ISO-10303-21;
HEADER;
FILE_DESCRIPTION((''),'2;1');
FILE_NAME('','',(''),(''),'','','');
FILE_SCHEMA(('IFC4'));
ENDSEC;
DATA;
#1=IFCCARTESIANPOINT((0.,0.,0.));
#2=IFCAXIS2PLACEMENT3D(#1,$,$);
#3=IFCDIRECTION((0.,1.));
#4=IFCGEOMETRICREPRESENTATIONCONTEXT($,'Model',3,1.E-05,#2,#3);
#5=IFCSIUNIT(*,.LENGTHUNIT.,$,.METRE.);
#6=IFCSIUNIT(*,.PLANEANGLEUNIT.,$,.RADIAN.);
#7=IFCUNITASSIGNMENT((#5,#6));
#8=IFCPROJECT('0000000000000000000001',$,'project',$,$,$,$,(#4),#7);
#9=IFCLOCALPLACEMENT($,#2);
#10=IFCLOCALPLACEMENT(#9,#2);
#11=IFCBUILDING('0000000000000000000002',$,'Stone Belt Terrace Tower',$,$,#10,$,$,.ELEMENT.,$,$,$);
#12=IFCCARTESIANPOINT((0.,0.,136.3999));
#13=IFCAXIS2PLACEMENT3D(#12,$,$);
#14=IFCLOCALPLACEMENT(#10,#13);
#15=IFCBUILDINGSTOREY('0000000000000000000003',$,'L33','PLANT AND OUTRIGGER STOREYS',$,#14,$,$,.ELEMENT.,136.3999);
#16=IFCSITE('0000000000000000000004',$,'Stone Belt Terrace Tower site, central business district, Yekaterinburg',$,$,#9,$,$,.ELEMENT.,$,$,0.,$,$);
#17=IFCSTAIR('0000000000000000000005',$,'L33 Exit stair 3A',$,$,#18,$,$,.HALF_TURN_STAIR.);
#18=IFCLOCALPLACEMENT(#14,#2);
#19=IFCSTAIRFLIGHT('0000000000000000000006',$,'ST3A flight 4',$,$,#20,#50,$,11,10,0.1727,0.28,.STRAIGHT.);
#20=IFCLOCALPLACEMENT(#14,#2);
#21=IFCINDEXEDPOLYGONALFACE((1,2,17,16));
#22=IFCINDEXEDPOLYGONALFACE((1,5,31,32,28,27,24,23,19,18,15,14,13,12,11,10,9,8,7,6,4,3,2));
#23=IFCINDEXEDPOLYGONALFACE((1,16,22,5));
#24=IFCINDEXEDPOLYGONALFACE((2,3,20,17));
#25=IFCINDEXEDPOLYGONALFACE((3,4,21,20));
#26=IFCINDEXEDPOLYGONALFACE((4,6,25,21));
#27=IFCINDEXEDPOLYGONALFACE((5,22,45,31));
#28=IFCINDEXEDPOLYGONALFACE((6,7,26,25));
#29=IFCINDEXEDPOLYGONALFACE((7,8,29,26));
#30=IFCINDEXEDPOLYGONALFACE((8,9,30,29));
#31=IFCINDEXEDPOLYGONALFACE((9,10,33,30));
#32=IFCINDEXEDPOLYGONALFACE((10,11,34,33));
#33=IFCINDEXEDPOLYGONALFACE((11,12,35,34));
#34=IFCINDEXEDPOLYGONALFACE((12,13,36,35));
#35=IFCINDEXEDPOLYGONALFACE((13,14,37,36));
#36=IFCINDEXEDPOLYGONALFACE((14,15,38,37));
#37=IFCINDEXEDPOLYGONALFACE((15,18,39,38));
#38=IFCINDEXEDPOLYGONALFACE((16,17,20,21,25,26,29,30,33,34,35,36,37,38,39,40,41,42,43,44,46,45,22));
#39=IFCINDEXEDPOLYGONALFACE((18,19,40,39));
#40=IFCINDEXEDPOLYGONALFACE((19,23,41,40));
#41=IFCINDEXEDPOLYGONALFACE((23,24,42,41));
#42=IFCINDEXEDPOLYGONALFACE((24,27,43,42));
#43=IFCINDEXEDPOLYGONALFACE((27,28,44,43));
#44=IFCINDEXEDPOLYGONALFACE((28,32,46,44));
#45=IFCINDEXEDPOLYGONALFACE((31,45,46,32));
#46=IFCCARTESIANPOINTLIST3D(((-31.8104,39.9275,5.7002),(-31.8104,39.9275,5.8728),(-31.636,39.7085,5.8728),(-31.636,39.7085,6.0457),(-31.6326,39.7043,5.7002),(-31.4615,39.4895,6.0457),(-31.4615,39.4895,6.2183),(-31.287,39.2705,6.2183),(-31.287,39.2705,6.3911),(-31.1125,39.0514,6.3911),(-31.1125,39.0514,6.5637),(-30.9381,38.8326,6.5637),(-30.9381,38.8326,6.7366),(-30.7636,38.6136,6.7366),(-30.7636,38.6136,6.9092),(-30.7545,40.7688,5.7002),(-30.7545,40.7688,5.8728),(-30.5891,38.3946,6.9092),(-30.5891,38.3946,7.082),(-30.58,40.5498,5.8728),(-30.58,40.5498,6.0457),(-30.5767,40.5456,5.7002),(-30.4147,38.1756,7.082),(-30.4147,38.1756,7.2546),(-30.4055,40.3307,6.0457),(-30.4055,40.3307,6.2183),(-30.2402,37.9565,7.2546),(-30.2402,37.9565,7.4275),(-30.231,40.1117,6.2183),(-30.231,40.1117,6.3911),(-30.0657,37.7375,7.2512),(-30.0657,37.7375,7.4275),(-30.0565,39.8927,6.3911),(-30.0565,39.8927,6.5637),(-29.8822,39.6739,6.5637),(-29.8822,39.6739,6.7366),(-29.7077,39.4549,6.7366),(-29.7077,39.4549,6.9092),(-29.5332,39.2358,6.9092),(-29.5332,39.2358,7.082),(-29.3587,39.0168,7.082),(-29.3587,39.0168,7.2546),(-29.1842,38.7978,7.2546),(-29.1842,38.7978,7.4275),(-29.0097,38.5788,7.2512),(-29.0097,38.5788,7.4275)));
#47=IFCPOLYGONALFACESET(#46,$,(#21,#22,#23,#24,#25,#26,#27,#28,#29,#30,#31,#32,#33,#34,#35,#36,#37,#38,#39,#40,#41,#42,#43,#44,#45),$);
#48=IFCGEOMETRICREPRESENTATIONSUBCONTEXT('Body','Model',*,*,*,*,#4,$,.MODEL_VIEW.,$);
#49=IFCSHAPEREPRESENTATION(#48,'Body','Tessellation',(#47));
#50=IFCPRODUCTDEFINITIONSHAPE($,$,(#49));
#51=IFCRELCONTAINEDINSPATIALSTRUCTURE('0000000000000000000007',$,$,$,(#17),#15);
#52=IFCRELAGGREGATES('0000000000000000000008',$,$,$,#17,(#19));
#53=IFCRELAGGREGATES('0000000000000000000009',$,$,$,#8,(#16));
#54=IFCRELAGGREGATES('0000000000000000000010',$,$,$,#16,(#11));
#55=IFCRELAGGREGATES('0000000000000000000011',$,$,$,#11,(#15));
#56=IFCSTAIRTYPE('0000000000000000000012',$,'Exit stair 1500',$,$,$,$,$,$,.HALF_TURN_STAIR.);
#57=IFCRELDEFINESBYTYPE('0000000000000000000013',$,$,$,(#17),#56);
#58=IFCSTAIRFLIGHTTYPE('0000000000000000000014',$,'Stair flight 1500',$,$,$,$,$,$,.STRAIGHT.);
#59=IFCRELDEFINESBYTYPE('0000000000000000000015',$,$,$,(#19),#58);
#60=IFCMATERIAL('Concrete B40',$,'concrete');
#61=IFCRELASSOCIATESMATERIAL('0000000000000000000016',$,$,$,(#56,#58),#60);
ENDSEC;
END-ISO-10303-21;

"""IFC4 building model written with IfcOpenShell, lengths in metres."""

from ifc_helpers import new_model, si_unit, direction, frame, origin, place, context, subcontext, project, spatial, polyline, outline, extrude, material, type_object, element, aggregate, save


model = new_model("IFC4")

# Units and contexts
model_context = context("Model", 3, precision=1e-05, world=origin(), true_north=direction((0.0, 1.0)))
body_context = subcontext(model_context, "Body", "Model", "MODEL_VIEW")
ifc_project = project(units=[si_unit("LENGTHUNIT", "METRE"), si_unit("PLANEANGLEUNIT", "RADIAN")], contexts=[model_context])

# Site, building, storey
site_placement = place(None, origin())
site = spatial("IfcSite", under=ifc_project, at=site_placement, Name="Stone Belt Terrace Tower site, central business district, Yekaterinburg", CompositionType="ELEMENT", RefElevation=0.0)
building_placement = place(site_placement, origin())
building = spatial("IfcBuilding", under=site, at=building_placement, Name="Stone Belt Terrace Tower", CompositionType="ELEMENT")
storey_placement = place(building_placement, frame((0.0, 0.0, 136.3999)))
storey = spatial("IfcBuildingStorey", under=building, at=storey_placement, Name="L33", Description="PLANT AND OUTRIGGER STOREYS", CompositionType="ELEMENT", Elevation=136.3999)

# Stair, stair flight
ifc_material_1 = material(Name="Concrete B40", Category="concrete")
stair_type = type_object("IfcStairType", Name="Exit stair 1500", PredefinedType="HALF_TURN_STAIR", material=ifc_material_1)
stair_placement = place(storey_placement, origin())
stair = element("IfcStair", 1, at=stair_placement, inside=storey, type_object=stair_type, Name="L33 Exit stair 3A", PredefinedType="HALF_TURN_STAIR")
stair_flight_type = type_object("IfcStairFlightType", Name="Stair flight 1500", PredefinedType="STRAIGHT", material=ifc_material_1)
stair_flight_1_placement = place(storey_placement, frame((-31.2825, 40.3481, 5.7002), z_axis=(0.0, 0.0, 1.0), x_axis=(0.623121, -0.782125, 0.0)))
stair_flight_1 = element("IfcStairFlight", 2, at=stair_flight_1_placement, type_object=stair_flight_type, Name="ST3A flight 4", NumberOfRisers=11, NumberOfTreads=10, PredefinedType="STRAIGHT", RiserHeight=0.1727, TreadLength=0.28, context=body_context, shape_type="SweptSolid", body=[
    extrude(outline(polyline([(0.0, 0.0), (0.0, 0.1726), (0.28, 0.1726), (0.28, 0.3455), (0.5601, 0.3455), (0.5601, 0.5181), (0.8401, 0.5181), (0.8401, 0.6909), (1.1201, 0.6909), (1.1201, 0.8635), (1.3999, 0.8635), (1.3999, 1.0364), (1.6799, 1.0364), (1.6799, 1.209), (1.96, 1.209), (1.96, 1.3818), (2.24, 1.3818), (2.24, 1.5544), (2.52, 1.5544), (2.52, 1.7273), (2.8, 1.7273), (2.8, 1.8999), (2.8, 1.551), (0.2854, 0.0), (0.0, 0.0)])), frame((0.0, 0.675, 0.0), z_axis=(0.0, -1.0, 0.0), x_axis=(1.0, 0.0, 0.0)), (0.0, 0.0, 1.0), 1.3501),
])
aggregate(stair, [stair_flight_1])

save(model, "model.ifc")
